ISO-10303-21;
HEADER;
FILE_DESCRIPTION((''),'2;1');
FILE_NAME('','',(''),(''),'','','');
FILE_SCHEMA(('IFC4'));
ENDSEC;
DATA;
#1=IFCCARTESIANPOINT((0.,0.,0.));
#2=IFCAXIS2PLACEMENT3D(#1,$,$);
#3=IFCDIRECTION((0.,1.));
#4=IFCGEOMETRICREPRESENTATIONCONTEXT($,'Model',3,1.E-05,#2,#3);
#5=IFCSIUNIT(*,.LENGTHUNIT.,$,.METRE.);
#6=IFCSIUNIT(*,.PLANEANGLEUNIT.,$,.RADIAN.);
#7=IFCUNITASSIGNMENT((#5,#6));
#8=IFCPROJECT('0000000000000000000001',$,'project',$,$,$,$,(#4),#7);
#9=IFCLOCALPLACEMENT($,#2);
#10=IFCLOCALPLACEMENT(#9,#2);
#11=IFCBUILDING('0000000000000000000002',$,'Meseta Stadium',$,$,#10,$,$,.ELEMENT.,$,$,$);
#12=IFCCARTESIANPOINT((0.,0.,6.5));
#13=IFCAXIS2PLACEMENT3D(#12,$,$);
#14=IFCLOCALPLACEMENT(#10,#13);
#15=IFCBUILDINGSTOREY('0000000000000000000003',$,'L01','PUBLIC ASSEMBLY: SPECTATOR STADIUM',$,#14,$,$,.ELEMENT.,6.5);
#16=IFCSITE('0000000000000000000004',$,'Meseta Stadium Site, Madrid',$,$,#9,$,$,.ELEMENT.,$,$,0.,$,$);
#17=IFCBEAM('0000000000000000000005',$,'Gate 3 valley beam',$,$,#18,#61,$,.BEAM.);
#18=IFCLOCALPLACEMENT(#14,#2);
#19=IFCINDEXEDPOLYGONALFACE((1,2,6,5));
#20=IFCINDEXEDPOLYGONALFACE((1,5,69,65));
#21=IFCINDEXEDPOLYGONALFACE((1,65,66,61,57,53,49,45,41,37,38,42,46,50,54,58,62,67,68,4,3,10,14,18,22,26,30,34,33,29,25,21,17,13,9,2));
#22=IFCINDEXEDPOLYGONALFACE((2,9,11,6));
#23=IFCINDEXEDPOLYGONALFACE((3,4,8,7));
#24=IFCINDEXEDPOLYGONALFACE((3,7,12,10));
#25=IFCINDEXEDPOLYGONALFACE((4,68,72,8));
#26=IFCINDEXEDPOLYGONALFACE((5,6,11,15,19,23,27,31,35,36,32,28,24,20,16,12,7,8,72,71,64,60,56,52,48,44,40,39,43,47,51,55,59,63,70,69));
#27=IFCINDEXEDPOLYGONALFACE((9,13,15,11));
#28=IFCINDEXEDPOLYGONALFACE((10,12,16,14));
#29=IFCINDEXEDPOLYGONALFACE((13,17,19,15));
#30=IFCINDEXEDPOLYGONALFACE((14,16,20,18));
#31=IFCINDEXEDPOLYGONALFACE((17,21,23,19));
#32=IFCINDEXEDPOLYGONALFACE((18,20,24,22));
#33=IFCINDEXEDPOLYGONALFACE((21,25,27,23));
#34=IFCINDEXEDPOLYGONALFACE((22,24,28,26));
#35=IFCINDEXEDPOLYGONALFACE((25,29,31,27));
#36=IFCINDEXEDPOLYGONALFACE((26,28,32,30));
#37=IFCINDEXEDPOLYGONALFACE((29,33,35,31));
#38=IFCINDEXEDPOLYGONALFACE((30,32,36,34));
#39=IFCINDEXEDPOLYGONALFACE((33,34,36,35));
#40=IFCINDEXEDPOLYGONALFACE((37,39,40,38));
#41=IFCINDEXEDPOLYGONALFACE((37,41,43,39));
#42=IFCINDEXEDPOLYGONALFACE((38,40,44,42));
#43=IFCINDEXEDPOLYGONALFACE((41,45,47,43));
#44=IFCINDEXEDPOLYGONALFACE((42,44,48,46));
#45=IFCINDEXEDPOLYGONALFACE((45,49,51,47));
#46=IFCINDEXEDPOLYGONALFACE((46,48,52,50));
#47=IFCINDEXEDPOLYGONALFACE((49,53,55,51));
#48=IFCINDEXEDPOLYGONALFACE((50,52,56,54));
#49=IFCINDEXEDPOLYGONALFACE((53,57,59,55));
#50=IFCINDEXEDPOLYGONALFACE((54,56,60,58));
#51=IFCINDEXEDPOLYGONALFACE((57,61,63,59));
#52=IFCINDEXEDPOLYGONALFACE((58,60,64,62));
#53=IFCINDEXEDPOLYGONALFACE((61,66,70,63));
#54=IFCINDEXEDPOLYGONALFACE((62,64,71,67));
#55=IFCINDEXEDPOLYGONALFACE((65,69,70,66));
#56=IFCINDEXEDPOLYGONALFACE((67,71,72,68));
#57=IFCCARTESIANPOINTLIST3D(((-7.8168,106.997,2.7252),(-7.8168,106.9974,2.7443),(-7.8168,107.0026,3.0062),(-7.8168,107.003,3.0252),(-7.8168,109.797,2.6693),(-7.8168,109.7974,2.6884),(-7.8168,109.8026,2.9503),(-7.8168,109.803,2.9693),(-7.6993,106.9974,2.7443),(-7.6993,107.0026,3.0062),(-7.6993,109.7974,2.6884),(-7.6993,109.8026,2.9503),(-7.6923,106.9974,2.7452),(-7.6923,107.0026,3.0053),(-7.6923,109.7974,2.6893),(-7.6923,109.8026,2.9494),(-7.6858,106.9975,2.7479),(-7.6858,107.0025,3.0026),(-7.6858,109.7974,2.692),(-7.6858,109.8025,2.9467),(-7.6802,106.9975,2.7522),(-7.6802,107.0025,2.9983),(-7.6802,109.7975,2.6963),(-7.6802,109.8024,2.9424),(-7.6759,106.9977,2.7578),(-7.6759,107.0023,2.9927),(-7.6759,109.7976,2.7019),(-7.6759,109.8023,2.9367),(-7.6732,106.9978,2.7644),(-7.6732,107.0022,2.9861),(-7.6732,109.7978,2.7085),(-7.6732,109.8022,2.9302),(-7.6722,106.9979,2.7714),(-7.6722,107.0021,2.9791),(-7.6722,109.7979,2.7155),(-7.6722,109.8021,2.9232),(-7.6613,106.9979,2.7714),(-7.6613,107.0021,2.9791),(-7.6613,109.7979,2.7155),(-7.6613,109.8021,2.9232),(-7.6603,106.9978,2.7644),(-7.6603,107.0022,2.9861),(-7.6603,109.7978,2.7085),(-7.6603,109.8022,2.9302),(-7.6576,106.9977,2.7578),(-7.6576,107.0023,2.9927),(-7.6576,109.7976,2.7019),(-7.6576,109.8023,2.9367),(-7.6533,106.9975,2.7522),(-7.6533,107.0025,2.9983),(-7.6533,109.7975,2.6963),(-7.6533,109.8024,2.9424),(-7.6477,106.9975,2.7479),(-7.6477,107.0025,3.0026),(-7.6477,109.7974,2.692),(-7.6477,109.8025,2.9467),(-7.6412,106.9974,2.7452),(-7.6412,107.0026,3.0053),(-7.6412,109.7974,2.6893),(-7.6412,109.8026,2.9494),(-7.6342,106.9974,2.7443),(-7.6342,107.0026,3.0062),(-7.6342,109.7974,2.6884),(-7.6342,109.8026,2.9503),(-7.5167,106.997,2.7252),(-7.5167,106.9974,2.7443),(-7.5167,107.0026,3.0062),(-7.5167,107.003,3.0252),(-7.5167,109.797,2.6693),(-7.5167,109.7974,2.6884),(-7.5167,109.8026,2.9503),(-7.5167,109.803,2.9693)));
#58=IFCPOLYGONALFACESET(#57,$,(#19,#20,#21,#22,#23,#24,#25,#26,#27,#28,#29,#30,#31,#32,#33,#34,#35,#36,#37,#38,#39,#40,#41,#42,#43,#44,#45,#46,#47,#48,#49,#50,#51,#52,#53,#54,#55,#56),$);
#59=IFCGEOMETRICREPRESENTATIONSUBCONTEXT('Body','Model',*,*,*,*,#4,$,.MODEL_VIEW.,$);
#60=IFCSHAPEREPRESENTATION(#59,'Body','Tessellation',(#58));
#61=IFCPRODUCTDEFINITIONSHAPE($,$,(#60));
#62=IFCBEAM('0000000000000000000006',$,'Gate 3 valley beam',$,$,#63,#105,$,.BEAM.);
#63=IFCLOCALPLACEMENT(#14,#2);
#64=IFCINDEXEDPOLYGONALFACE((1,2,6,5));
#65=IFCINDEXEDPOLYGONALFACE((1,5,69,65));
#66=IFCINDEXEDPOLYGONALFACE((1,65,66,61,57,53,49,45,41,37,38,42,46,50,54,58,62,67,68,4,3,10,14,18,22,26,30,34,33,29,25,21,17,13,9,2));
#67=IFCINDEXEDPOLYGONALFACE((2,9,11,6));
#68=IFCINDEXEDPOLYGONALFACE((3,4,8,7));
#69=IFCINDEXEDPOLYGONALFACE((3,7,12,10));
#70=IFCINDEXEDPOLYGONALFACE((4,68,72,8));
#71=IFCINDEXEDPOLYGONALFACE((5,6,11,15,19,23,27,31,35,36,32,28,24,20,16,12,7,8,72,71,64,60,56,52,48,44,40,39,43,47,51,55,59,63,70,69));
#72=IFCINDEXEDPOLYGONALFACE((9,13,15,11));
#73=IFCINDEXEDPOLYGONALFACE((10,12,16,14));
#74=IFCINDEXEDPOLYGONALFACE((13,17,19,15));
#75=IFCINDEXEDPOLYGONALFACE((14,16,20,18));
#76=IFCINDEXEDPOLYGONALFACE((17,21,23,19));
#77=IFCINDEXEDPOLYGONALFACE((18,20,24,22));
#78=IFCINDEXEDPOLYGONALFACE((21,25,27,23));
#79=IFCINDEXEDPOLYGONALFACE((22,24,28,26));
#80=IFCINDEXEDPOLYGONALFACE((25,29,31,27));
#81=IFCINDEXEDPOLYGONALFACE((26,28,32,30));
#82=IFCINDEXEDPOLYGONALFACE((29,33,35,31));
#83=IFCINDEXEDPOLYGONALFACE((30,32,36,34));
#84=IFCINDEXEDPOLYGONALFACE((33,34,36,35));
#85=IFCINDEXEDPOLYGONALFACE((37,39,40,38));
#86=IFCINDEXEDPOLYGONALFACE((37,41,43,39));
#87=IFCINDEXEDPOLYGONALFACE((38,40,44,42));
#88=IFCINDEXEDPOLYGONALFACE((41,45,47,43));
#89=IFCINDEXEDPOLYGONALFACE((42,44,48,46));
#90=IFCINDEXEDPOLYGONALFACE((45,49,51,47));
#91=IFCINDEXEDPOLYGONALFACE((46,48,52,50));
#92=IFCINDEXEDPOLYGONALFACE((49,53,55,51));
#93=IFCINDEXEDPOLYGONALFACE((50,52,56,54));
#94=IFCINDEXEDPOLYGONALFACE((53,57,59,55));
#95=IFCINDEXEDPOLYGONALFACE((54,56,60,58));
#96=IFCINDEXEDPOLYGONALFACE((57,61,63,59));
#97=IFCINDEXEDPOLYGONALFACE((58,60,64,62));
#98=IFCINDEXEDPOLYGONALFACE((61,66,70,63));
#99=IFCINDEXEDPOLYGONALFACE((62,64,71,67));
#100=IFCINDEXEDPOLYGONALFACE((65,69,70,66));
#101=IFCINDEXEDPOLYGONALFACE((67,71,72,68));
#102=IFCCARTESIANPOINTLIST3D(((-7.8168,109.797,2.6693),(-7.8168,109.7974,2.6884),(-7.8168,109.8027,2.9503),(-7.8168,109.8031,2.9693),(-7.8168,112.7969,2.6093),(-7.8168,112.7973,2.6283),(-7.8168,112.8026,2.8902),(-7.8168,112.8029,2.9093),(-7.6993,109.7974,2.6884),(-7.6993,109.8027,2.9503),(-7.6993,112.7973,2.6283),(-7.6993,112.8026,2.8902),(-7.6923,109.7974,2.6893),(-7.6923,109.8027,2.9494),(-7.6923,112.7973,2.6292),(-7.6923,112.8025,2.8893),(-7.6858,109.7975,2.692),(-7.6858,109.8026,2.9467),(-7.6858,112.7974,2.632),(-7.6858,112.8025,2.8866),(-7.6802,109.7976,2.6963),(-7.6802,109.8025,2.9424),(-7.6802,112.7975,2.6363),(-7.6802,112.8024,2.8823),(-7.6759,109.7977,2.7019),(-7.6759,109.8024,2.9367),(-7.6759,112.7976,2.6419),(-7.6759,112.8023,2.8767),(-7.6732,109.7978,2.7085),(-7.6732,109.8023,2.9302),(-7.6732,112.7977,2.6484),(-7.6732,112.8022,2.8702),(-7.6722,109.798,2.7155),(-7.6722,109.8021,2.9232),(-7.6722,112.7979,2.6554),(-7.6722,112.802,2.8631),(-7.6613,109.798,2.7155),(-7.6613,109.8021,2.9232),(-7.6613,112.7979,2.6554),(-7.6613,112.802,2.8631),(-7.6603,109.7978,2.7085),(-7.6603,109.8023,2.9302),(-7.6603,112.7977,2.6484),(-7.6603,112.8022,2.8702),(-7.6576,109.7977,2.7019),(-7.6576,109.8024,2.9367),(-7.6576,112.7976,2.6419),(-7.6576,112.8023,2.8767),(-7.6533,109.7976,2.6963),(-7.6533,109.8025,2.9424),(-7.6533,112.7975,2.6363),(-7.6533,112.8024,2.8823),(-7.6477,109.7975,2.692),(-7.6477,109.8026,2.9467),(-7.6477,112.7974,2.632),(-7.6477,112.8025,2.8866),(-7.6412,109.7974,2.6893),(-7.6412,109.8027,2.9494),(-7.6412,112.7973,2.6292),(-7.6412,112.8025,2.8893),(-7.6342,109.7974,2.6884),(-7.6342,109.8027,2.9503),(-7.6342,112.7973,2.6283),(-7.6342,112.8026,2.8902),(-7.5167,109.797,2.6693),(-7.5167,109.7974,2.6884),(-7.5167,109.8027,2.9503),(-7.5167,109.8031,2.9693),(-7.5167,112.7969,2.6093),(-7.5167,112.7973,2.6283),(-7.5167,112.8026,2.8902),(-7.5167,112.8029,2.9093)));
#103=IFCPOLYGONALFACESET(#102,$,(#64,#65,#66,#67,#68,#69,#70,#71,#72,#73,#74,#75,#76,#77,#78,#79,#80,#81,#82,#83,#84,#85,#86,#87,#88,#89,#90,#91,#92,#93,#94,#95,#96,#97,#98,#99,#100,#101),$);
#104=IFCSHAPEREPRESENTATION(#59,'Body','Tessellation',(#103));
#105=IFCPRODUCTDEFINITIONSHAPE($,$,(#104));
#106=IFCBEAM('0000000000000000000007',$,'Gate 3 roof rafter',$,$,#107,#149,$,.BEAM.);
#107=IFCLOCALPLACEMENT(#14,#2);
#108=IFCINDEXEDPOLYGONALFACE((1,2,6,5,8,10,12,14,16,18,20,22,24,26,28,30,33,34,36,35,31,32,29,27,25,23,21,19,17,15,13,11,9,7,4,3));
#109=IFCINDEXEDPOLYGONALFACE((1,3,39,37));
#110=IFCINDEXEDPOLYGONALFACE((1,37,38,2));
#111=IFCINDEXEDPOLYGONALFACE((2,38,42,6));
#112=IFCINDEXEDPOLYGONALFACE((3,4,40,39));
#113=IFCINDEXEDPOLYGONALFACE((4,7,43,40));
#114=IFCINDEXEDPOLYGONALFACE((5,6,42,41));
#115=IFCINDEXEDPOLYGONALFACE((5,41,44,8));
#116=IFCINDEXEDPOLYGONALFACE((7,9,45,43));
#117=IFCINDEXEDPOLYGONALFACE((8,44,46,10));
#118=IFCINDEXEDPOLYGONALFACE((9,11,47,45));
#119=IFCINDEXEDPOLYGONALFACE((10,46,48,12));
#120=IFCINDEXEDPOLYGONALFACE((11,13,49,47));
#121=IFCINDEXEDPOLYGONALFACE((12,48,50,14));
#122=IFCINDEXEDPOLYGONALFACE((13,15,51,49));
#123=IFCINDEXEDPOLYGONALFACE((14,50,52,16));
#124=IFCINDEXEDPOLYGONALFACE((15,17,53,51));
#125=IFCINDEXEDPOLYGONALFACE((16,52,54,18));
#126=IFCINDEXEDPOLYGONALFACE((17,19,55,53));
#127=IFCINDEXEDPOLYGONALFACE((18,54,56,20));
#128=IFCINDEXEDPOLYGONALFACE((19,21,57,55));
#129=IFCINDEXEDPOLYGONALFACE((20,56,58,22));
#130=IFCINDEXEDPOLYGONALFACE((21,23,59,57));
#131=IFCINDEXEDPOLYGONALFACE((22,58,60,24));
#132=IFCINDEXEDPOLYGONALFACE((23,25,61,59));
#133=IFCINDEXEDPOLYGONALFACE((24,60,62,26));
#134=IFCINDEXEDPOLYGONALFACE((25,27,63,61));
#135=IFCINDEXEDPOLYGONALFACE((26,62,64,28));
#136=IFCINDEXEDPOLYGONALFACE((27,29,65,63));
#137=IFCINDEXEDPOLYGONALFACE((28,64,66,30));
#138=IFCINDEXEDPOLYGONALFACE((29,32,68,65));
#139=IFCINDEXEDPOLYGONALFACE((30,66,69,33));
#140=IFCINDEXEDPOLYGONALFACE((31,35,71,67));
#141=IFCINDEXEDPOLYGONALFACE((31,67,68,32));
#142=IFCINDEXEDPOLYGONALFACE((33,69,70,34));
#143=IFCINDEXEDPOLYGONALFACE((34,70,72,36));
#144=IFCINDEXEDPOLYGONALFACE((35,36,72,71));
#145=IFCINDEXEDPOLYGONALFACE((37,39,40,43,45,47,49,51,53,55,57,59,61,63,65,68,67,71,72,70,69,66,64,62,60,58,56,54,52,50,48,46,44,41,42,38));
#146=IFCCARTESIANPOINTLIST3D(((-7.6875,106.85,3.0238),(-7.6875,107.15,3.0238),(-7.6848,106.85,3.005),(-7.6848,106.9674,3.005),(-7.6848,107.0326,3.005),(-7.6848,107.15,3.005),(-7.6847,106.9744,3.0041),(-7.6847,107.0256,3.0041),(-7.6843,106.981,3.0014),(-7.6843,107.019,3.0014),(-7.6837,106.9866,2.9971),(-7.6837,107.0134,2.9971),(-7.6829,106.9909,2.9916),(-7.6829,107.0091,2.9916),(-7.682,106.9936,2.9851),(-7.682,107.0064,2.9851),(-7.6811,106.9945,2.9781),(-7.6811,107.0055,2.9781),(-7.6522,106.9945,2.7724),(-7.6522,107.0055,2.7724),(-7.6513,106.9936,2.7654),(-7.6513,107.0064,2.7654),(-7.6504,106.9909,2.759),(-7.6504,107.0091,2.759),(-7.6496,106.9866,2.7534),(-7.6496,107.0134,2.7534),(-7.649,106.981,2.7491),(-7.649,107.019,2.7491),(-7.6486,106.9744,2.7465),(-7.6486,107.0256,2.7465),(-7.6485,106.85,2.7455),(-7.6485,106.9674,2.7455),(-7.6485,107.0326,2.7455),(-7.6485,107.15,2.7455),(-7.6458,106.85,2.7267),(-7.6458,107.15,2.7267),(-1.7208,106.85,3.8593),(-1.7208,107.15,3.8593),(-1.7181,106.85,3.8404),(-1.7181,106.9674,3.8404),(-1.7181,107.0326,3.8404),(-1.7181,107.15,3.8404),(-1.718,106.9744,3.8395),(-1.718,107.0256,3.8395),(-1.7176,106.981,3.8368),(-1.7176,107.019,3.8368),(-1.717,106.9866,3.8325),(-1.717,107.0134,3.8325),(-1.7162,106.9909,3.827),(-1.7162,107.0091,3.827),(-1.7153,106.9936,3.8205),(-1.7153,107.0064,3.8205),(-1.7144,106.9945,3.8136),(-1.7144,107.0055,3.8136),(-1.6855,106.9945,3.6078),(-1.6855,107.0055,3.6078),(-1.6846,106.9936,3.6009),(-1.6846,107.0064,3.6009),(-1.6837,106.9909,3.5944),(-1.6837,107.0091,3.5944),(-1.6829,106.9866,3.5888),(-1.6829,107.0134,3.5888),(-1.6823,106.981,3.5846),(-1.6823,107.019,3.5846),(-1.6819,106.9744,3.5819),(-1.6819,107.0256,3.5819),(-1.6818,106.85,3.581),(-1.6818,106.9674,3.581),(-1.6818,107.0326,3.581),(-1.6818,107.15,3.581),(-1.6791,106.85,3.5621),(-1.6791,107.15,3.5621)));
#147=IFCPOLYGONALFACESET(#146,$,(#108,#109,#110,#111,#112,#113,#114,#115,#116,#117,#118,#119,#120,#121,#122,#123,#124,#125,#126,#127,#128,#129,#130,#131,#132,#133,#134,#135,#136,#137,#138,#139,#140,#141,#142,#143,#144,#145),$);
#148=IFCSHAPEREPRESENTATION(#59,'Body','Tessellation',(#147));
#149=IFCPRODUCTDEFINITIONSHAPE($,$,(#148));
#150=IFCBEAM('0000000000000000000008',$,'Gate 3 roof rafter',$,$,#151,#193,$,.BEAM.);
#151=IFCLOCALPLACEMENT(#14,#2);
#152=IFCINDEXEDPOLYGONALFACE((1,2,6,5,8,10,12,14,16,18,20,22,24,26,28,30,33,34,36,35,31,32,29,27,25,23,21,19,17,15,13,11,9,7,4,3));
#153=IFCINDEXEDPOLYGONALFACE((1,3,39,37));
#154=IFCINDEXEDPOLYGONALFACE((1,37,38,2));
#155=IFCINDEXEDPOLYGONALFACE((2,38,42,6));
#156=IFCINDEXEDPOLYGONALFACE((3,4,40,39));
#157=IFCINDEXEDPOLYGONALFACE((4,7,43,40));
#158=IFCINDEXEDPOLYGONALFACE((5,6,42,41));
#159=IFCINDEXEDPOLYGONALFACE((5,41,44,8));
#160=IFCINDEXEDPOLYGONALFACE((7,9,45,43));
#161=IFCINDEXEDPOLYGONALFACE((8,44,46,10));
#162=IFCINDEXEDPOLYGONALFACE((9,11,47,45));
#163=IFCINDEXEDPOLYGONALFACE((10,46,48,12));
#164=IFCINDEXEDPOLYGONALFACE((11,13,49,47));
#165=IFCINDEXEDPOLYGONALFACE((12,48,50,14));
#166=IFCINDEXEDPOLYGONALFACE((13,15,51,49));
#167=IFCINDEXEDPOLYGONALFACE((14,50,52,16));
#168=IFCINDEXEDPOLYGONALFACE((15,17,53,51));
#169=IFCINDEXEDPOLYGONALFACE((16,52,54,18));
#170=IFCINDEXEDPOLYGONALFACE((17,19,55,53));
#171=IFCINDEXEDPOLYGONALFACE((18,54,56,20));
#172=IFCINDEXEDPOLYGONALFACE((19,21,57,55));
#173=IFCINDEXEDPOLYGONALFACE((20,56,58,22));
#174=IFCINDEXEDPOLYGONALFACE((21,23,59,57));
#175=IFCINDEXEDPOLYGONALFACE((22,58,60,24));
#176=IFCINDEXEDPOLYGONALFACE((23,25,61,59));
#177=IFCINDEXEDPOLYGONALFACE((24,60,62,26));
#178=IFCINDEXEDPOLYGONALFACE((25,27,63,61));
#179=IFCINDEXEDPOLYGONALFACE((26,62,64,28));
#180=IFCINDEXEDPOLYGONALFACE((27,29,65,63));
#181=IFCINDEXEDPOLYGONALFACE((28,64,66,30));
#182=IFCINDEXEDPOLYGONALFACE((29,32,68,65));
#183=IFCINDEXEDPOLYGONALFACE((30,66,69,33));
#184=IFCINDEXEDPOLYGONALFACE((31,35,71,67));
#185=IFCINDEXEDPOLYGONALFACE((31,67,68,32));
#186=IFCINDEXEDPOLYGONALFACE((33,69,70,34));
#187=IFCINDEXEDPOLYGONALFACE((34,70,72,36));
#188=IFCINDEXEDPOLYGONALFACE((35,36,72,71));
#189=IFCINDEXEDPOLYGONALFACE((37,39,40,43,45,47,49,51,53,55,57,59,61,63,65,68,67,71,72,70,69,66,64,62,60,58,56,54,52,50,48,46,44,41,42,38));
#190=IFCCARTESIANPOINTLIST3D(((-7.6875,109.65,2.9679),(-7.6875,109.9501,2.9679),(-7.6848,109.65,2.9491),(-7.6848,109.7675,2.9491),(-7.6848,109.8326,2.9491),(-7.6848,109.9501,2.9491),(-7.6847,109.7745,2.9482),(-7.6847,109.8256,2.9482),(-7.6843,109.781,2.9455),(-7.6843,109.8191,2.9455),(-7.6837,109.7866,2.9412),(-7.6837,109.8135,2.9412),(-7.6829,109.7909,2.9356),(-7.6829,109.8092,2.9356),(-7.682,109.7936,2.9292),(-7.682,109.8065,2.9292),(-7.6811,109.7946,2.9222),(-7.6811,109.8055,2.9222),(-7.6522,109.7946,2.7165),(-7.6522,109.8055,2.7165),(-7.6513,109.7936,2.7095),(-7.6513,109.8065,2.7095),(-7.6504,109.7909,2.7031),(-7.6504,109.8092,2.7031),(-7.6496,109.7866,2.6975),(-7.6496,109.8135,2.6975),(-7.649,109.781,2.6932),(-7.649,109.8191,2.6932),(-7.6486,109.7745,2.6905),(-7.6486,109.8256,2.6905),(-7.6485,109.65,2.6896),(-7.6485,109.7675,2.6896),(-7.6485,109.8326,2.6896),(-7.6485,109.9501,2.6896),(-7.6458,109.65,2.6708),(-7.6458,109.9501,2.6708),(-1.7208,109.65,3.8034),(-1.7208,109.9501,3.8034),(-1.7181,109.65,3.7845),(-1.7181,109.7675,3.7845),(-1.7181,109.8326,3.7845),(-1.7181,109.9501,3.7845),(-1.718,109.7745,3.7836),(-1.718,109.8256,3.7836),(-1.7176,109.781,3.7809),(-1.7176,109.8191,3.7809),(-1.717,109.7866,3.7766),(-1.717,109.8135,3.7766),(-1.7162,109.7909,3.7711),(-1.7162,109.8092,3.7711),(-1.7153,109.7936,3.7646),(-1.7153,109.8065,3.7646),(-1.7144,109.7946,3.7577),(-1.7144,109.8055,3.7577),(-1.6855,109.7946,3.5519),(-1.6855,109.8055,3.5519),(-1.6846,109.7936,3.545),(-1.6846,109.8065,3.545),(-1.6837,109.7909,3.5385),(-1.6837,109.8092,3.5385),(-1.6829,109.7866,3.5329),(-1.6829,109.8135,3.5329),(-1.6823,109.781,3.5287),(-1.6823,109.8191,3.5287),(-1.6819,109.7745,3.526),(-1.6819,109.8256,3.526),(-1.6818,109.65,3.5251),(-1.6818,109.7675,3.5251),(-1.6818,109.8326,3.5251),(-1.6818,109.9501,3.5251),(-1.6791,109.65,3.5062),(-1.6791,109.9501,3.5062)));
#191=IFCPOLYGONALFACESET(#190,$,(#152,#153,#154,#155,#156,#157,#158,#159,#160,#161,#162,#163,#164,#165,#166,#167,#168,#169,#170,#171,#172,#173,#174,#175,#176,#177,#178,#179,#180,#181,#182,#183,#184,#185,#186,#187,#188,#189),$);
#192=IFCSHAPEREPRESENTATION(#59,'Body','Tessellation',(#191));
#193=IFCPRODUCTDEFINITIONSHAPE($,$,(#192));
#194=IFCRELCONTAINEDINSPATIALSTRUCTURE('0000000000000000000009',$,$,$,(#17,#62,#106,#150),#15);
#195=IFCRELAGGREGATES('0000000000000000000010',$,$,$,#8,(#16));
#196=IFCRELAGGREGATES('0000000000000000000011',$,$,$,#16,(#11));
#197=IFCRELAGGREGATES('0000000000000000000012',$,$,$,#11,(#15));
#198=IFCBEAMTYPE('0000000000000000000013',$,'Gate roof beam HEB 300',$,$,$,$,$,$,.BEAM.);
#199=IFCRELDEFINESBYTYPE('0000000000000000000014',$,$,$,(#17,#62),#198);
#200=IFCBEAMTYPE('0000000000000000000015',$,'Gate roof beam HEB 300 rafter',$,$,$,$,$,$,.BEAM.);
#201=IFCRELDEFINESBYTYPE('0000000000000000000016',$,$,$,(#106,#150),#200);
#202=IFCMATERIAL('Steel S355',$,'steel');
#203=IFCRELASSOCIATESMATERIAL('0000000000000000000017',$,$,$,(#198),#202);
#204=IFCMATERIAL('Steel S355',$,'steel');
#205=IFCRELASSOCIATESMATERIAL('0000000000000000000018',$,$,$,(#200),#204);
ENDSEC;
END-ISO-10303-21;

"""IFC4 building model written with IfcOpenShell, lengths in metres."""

from ifc_helpers import new_model, si_unit, direction, frame, origin, origin_2d, place, context, subcontext, project, spatial, i_section, extrude, material, material_profile, profile_set, type_object, element, save


model = new_model("IFC4")

# Units and contexts
model_context = context("Model", 3, precision=1e-05, world=origin(), true_north=direction((0.0, 1.0)))
body_context = subcontext(model_context, "Body", "Model", "MODEL_VIEW")
ifc_project = project(units=[si_unit("LENGTHUNIT", "METRE"), si_unit("PLANEANGLEUNIT", "RADIAN")], contexts=[model_context])

# Site, building, storey
site_placement = place(None, origin())
site = spatial("IfcSite", under=ifc_project, at=site_placement, Name="Meseta Stadium Site, Madrid", CompositionType="ELEMENT", RefElevation=0.0)
building_placement = place(site_placement, origin())
building = spatial("IfcBuilding", under=site, at=building_placement, Name="Meseta Stadium", CompositionType="ELEMENT")
storey_placement = place(building_placement, frame((0.0, 0.0, 6.5)))
storey = spatial("IfcBuildingStorey", under=building, at=storey_placement, Name="L01", Description="PUBLIC ASSEMBLY: SPECTATOR STADIUM", CompositionType="ELEMENT", Elevation=6.5)

# Beams
ifc_material_1 = material(Name="Steel S355", Category="steel")
ifc_material_profile_1 = material_profile(ifc_material_1, i_section(OverallWidth=0.3, OverallDepth=0.3, WebThickness=0.011, FlangeThickness=0.019, FilletRadius=0.0271, at=origin_2d()), Name="HEB 300")
ifc_profile_set_1 = profile_set([ifc_material_profile_1], Name="Steel S355")
beam_type_1 = type_object("IfcBeamType", Name="Gate roof beam HEB 300", PredefinedType="BEAM", material=ifc_profile_set_1)
beam_1_placement = place(storey_placement, frame((-7.6667, 107.0, 2.8752), z_axis=(0.0, 0.999801, -0.019963), x_axis=(-1.0, 0.0, 0.0)))
element("IfcBeam", 1, at=beam_1_placement, inside=storey, type_object=beam_type_1, Name="Gate 3 valley beam", PredefinedType="BEAM", context=body_context, shape_type="SweptSolid", body=[
    extrude(i_section(OverallWidth=0.3, OverallDepth=0.3, WebThickness=0.011, FlangeThickness=0.019, FilletRadius=0.0271, at=origin_2d()), origin(), (0.0, 0.0, 1.0), 2.8005),
])
beam_2_placement = place(storey_placement, frame((-7.6667, 109.8, 2.8193), z_axis=(0.0, 0.9998, -0.020016), x_axis=(-1.0, 0.0, 0.0)))
element("IfcBeam", 2, at=beam_2_placement, inside=storey, type_object=beam_type_1, Name="Gate 3 valley beam", PredefinedType="BEAM", context=body_context, shape_type="SweptSolid", body=[
    extrude(i_section(OverallWidth=0.3, OverallDepth=0.3, WebThickness=0.011, FlangeThickness=0.019, FilletRadius=0.0271, at=origin_2d()), origin(), (0.0, 0.0, 1.0), 3.0005),
])
ifc_material_2 = material(Name="Steel S355", Category="steel")
ifc_material_profile_2 = material_profile(ifc_material_2, i_section(OverallWidth=0.3, OverallDepth=0.3, WebThickness=0.011, FlangeThickness=0.019, FilletRadius=0.0271, at=origin_2d()), Name="HEB 300")
ifc_profile_set_2 = profile_set([ifc_material_profile_2], Name="Steel S355")
beam_type_2 = type_object("IfcBeamType", Name="Gate roof beam HEB 300 rafter", PredefinedType="BEAM", material=ifc_profile_set_2)
for number, where, z_axis, x_axis, name in (
    (3, (-1.7, 107.0, 3.7107), (-0.99034, 0.0, -0.138664), (0.0, -1.0, 0.0), "Gate 3 roof rafter"),
    (4, (-1.7, 109.8, 3.6548), (-0.99034, 0.0, -0.138664), (0.0, -1.0, 0.0), "Gate 3 roof rafter"),
):
    element("IfcBeam", number, at=place(storey_placement, frame(where, z_axis=z_axis, x_axis=x_axis)), inside=storey, type_object=beam_type_2, Name=name, PredefinedType="BEAM", context=body_context, shape_type="SweptSolid", body=[
        extrude(i_section(OverallWidth=0.3, OverallDepth=0.3, WebThickness=0.011, FlangeThickness=0.019, FilletRadius=0.0271, at=origin_2d()), origin(), (0.0, 0.0, 1.0), 6.0249),
    ])

save(model, "model.ifc")
